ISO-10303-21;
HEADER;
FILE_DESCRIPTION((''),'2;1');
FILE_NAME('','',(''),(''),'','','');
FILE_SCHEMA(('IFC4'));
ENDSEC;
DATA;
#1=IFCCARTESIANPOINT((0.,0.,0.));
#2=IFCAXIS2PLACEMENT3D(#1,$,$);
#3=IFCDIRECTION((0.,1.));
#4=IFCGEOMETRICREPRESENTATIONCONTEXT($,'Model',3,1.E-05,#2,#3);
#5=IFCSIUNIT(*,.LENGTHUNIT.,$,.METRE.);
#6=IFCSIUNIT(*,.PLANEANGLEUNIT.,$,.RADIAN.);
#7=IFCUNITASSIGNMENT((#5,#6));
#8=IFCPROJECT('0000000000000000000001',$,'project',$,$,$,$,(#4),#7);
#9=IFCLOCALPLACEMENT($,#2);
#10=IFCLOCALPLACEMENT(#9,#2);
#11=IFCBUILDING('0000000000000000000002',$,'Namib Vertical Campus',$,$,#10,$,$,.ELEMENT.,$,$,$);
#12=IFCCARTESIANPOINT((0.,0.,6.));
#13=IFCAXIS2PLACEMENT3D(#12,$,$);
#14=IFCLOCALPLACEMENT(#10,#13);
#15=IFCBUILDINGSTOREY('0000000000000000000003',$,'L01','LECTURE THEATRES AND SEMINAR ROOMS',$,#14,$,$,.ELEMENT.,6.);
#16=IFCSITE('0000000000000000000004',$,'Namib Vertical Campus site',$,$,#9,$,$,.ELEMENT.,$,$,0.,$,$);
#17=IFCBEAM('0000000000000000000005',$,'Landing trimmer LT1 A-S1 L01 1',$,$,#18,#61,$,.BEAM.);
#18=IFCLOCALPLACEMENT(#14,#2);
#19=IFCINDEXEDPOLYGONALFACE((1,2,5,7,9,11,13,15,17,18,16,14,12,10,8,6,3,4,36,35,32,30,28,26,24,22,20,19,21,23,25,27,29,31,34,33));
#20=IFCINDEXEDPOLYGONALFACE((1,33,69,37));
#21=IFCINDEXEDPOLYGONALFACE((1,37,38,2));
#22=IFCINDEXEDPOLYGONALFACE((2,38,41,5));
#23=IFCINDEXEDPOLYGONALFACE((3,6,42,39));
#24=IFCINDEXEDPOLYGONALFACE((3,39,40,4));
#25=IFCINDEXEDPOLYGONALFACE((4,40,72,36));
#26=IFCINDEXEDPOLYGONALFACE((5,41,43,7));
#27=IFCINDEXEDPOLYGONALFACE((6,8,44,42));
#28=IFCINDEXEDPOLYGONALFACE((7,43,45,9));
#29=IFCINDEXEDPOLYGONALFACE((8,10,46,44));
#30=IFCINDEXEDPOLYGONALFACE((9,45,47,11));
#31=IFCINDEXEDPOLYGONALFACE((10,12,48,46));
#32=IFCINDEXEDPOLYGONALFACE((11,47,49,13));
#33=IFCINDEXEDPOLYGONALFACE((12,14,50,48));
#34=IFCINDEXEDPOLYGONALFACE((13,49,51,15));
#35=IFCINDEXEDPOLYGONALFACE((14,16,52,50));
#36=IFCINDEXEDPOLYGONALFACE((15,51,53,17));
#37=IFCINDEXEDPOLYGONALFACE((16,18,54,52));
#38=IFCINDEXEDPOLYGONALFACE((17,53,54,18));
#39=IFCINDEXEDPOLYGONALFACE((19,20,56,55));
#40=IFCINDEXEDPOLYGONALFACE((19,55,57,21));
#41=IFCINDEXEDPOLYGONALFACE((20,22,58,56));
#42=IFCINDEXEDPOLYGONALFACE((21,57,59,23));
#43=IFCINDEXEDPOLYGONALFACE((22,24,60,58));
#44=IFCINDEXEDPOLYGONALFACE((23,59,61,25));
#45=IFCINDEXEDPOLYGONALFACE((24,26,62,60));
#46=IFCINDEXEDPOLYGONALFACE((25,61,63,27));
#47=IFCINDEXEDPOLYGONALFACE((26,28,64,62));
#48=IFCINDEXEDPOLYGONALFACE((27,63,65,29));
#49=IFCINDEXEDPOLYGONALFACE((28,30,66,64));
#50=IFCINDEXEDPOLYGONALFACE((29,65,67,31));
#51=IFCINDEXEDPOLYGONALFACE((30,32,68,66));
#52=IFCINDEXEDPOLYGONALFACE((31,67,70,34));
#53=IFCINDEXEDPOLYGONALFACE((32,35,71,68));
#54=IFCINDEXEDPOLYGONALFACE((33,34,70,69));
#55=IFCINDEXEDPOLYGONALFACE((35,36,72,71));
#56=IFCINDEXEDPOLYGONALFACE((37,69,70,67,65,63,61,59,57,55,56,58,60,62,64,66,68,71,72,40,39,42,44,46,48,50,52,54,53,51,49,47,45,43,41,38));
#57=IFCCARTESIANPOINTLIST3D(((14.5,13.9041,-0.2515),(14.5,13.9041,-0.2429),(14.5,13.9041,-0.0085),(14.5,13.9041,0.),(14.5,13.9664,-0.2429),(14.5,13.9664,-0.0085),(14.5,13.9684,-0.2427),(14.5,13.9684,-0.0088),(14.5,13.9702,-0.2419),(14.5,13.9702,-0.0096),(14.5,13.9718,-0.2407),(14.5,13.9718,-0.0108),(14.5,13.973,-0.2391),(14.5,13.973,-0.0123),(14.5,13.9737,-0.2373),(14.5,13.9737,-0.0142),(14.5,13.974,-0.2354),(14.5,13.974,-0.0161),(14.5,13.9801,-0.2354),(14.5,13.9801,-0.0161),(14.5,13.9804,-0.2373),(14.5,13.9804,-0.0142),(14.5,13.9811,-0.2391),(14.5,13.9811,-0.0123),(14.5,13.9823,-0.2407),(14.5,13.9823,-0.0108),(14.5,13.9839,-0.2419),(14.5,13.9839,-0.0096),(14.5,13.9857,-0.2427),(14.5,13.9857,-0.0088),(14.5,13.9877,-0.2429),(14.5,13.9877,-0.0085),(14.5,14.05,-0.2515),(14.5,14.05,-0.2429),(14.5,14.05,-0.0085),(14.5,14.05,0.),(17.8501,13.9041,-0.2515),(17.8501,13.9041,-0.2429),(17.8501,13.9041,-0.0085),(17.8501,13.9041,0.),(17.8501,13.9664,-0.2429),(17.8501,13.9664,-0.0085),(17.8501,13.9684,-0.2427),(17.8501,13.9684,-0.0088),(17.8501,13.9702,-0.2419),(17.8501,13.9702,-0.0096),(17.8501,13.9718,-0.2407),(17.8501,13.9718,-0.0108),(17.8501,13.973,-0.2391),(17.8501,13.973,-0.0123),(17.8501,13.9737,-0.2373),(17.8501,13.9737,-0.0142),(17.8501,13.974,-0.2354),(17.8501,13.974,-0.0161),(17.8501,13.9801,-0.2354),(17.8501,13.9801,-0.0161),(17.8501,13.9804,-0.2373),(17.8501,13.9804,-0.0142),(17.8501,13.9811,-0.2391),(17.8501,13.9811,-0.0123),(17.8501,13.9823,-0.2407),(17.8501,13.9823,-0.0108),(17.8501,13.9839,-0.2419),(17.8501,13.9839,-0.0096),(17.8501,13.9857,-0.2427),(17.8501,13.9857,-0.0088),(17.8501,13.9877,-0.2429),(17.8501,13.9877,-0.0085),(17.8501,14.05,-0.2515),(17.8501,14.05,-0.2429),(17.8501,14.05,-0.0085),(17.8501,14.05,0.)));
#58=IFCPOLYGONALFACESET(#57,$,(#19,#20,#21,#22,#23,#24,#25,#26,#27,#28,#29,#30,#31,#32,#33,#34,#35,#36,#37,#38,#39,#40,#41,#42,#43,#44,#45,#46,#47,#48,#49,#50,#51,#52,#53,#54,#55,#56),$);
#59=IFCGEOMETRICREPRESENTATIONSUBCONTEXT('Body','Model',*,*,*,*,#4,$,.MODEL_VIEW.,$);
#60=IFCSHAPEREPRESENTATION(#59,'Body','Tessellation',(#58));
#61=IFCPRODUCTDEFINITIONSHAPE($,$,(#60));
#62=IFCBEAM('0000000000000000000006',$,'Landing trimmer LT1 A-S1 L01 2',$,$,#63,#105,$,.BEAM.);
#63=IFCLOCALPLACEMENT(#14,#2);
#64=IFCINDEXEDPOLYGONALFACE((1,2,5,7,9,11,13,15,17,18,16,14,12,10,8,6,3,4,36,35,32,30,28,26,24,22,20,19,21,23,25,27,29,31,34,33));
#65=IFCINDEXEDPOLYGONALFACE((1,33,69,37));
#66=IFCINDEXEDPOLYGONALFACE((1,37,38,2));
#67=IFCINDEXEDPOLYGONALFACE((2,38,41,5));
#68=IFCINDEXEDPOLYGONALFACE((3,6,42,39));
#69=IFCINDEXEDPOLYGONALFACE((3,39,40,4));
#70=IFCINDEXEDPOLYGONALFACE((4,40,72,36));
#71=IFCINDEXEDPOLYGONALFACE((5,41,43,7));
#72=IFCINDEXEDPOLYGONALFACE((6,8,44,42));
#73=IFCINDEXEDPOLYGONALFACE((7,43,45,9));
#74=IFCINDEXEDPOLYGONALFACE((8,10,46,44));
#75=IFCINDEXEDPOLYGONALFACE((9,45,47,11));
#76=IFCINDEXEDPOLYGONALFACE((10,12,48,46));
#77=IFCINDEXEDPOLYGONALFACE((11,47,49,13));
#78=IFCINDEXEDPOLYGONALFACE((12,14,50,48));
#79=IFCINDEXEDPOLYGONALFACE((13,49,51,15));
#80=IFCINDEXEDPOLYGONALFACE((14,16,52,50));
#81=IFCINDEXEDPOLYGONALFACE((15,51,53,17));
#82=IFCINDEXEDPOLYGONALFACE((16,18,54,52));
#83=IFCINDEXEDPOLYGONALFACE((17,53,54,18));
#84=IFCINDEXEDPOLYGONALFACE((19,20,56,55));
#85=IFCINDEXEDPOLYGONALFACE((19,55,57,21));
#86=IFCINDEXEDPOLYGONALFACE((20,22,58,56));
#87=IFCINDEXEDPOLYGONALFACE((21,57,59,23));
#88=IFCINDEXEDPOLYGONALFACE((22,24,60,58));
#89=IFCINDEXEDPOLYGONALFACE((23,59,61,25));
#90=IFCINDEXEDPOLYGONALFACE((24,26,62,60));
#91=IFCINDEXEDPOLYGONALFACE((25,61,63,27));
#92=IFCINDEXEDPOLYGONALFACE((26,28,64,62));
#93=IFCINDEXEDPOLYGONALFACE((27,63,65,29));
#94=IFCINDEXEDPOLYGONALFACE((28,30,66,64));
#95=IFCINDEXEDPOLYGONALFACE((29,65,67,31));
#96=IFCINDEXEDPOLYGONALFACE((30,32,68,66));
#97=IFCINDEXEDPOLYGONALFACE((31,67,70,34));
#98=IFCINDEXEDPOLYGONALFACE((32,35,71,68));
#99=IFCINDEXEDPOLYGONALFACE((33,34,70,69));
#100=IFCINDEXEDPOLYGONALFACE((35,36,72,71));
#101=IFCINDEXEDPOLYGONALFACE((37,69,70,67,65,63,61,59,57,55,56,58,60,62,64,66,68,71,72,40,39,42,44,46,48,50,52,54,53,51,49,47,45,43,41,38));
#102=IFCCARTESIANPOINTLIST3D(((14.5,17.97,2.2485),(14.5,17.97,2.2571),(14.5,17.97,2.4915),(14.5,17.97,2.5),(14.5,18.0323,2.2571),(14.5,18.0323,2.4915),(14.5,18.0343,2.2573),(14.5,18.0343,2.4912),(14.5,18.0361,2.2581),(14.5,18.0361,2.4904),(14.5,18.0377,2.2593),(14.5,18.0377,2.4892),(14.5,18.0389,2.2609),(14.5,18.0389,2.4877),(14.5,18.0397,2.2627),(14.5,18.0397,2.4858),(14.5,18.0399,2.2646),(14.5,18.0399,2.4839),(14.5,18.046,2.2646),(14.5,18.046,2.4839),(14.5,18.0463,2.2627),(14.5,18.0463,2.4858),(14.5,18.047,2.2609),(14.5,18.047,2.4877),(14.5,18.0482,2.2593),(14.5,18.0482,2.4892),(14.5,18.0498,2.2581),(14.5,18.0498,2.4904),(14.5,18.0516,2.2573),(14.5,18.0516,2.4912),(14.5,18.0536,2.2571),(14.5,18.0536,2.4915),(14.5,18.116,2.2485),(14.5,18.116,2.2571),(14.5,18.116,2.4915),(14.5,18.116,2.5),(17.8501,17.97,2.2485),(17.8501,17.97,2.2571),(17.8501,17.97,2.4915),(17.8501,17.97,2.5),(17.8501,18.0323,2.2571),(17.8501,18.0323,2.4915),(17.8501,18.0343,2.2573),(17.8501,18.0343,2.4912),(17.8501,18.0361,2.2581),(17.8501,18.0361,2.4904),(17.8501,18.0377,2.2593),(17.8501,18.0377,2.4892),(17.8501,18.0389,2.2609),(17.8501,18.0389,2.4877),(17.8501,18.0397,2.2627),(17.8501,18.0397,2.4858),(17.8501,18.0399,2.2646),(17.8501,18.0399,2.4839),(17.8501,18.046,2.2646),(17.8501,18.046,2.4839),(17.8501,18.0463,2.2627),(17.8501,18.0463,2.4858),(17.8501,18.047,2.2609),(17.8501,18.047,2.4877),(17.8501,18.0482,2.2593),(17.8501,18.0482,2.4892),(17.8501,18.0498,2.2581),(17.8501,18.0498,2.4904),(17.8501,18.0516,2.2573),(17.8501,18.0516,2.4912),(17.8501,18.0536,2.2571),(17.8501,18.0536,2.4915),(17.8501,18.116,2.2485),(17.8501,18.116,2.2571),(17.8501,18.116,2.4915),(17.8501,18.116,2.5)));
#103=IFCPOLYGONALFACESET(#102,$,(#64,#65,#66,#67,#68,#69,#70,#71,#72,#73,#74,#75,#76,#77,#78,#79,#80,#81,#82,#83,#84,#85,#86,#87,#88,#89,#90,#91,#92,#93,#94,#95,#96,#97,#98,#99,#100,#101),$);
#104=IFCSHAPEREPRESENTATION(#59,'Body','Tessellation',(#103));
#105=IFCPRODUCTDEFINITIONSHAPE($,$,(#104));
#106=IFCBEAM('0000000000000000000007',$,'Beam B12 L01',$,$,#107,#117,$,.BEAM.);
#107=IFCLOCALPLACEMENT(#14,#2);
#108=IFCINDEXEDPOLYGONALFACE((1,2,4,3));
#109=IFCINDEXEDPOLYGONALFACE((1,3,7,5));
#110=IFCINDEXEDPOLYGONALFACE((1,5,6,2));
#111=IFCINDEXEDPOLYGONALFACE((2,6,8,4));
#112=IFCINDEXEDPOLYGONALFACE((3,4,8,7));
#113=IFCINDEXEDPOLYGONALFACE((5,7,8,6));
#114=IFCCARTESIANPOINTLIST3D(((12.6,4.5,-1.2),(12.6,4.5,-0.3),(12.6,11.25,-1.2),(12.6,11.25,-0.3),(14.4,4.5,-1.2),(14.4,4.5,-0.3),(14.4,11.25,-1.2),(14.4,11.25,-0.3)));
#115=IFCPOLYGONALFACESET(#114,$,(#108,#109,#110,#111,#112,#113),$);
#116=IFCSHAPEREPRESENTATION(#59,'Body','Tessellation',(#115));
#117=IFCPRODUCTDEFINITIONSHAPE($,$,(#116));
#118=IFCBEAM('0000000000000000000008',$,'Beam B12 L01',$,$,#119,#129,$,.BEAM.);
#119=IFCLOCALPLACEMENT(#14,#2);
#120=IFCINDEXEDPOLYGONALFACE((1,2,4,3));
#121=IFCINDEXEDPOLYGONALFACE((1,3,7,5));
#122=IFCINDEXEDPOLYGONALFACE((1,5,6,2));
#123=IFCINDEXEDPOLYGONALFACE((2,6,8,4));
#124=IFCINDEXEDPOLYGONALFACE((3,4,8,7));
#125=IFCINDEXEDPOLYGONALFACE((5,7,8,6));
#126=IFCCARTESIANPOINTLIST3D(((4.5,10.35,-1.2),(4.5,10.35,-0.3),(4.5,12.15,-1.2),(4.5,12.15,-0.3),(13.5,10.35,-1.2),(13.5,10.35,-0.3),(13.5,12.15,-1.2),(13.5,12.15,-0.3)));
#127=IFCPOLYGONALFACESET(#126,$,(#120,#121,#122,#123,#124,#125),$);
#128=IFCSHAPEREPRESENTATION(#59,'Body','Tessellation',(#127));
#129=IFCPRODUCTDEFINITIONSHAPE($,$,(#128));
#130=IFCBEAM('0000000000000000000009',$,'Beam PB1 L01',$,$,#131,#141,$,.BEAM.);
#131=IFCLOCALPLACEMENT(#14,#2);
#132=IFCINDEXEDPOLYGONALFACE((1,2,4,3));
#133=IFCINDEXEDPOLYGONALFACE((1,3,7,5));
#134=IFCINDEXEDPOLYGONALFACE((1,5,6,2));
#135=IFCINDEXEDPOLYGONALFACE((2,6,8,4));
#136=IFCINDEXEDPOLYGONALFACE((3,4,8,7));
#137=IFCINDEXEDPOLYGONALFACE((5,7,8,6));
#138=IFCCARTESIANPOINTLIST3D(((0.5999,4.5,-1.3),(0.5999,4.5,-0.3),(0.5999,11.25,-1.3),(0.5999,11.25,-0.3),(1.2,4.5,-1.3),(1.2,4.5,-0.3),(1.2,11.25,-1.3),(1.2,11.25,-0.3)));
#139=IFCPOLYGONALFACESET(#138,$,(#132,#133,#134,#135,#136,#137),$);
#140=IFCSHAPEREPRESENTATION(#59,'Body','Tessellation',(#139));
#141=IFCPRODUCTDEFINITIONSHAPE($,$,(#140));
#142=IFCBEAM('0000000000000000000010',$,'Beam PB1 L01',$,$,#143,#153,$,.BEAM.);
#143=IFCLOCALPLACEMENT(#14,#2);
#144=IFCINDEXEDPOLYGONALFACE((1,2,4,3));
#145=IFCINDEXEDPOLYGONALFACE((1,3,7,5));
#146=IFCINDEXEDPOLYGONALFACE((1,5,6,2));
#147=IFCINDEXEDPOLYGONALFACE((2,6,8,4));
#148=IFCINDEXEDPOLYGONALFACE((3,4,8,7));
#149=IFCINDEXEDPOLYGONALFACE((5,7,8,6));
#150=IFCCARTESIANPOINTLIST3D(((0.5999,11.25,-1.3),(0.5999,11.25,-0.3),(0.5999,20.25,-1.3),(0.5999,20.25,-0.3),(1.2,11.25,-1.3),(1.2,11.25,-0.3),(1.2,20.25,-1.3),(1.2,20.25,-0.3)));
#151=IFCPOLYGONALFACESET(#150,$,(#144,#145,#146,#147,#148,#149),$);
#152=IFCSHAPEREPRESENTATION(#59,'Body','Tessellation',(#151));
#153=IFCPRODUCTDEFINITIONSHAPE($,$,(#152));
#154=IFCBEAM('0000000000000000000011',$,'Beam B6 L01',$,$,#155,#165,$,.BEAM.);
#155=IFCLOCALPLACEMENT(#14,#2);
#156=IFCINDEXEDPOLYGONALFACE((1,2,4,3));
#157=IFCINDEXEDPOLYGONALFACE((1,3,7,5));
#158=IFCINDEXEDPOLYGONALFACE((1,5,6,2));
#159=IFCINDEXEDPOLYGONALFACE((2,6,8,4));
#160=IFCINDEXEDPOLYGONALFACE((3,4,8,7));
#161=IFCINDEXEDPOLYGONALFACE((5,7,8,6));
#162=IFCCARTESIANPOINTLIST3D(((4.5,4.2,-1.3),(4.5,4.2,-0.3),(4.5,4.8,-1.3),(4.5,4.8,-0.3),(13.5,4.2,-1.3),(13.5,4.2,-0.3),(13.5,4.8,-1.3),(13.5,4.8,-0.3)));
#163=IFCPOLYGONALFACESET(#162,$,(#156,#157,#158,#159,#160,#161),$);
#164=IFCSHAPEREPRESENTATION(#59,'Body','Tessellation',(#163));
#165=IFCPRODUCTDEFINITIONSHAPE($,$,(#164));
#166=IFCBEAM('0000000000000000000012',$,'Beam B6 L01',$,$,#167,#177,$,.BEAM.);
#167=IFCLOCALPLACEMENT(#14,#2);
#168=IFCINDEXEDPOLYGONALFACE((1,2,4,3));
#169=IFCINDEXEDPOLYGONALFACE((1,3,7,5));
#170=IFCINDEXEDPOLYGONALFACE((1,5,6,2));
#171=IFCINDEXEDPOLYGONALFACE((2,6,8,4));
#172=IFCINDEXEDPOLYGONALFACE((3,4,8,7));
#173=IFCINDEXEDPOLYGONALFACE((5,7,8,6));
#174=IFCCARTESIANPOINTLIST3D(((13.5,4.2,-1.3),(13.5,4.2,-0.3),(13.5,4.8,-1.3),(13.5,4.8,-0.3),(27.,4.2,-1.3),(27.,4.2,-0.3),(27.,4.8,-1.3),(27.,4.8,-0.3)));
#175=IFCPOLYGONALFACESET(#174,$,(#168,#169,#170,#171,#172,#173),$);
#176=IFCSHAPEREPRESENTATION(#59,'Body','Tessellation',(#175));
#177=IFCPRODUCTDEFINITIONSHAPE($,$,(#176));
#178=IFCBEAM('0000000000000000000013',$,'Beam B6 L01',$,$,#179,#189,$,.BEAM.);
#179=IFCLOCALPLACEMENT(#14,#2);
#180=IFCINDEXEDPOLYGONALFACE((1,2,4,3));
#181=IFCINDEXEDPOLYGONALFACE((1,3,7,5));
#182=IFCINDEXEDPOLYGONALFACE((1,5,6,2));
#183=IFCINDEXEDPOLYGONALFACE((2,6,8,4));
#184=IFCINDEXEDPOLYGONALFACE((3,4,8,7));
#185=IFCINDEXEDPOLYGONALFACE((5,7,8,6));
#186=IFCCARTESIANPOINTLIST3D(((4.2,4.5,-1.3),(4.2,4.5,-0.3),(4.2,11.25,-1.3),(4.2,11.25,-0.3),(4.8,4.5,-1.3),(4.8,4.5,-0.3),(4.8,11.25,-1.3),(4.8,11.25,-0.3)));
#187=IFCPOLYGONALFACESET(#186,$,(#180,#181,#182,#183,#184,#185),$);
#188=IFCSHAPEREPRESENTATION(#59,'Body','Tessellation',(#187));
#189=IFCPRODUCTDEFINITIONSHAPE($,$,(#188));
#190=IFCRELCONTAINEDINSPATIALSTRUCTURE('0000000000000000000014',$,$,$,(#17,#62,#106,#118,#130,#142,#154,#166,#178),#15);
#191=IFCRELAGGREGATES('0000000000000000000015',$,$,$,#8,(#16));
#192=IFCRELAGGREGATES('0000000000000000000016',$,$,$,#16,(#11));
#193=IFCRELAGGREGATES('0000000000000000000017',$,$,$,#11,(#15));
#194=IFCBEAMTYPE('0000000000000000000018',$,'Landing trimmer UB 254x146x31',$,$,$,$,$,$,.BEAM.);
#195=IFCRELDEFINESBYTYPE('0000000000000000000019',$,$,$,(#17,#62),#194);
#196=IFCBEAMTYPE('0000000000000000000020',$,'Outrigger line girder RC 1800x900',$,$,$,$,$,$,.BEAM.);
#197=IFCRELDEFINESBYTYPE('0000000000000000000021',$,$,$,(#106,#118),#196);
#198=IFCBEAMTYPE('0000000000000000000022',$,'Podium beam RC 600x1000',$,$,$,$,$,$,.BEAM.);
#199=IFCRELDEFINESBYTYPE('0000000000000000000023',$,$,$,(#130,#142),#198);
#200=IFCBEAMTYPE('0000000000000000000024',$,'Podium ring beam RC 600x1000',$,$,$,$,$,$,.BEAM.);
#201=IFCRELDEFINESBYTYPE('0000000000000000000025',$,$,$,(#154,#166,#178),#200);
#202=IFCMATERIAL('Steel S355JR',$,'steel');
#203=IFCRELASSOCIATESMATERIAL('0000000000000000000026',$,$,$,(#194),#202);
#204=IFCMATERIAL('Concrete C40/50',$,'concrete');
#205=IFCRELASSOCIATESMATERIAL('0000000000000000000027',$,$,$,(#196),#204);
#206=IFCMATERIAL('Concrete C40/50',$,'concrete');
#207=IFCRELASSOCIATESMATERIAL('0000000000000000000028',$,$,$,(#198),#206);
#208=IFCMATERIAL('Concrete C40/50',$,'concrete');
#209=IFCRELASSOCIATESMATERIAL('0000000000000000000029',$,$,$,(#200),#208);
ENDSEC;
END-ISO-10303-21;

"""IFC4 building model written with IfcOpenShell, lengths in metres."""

from ifc_helpers import new_model, si_unit, direction, frame, origin, origin_2d, place, context, subcontext, project, spatial, rectangle, i_section, extrude, material, material_profile, profile_set, type_object, element, save


model = new_model("IFC4")

# Units and contexts
model_context = context("Model", 3, precision=1e-05, world=origin(), true_north=direction((0.0, 1.0)))
body_context = subcontext(model_context, "Body", "Model", "MODEL_VIEW")
ifc_project = project(units=[si_unit("LENGTHUNIT", "METRE"), si_unit("PLANEANGLEUNIT", "RADIAN")], contexts=[model_context])

# Site, building, storey
site_placement = place(None, origin())
site = spatial("IfcSite", under=ifc_project, at=site_placement, Name="Namib Vertical Campus site", CompositionType="ELEMENT", RefElevation=0.0)
building_placement = place(site_placement, origin())
building = spatial("IfcBuilding", under=site, at=building_placement, Name="Namib Vertical Campus", CompositionType="ELEMENT")
storey_placement = place(building_placement, frame((0.0, 0.0, 6.0)))
storey = spatial("IfcBuildingStorey", under=building, at=storey_placement, Name="L01", Description="LECTURE THEATRES AND SEMINAR ROOMS", CompositionType="ELEMENT", Elevation=6.0)

# Beams
ifc_material_1 = material(Name="Steel S355JR", Category="steel")
ifc_material_profile_1 = material_profile(ifc_material_1, i_section(OverallWidth=0.146, OverallDepth=0.2515, WebThickness=0.0061, FlangeThickness=0.0085, FilletRadius=0.0076, at=origin_2d()))
ifc_profile_set_1 = profile_set([ifc_material_profile_1], Name="Steel S355JR")
beam_type_1 = type_object("IfcBeamType", Name="Landing trimmer UB 254x146x31", PredefinedType="BEAM", material=ifc_profile_set_1)
for number, where, z_axis, x_axis, name in (
    (1, (14.5, 13.9771, -0.1257), (1.0, 0.0, 0.0), (0.0, 1.0, 0.0), "Landing trimmer LT1 A-S1 L01 1"),
    (2, (14.5, 18.043, 2.3743), (1.0, 0.0, 0.0), (0.0, 1.0, 0.0), "Landing trimmer LT1 A-S1 L01 2"),
):
    element("IfcBeam", number, at=place(storey_placement, frame(where, z_axis=z_axis, x_axis=x_axis)), inside=storey, type_object=beam_type_1, Name=name, PredefinedType="BEAM", context=body_context, shape_type="SweptSolid", body=[
        extrude(i_section(OverallWidth=0.146, OverallDepth=0.2515, WebThickness=0.0061, FlangeThickness=0.0085, FilletRadius=0.0076, at=origin_2d()), origin(), (0.0, 0.0, 1.0), 3.3501),
    ])
ifc_material_2 = material(Name="Concrete C40/50", Category="concrete")
ifc_material_profile_2 = material_profile(ifc_material_2, rectangle(XDim=1.8, YDim=0.8999, at=origin_2d()))
ifc_profile_set_2 = profile_set([ifc_material_profile_2], Name="Concrete C40/50")
beam_type_2 = type_object("IfcBeamType", Name="Outrigger line girder RC 1800x900", PredefinedType="BEAM", material=ifc_profile_set_2)
beam_1_placement = place(storey_placement, frame((13.5, 4.5, -0.75), z_axis=(0.0, 1.0, 0.0), x_axis=(-1.0, 0.0, 0.0)))
element("IfcBeam", 3, at=beam_1_placement, inside=storey, type_object=beam_type_2, Name="Beam B12 L01", PredefinedType="BEAM", context=body_context, shape_type="SweptSolid", body=[
    extrude(rectangle(XDim=1.8, YDim=0.8999, at=origin_2d()), origin(), (0.0, 0.0, 1.0), 6.75),
])
beam_2_placement = place(storey_placement, frame((4.5, 11.25, -0.75), z_axis=(1.0, 0.0, 0.0), x_axis=(0.0, 1.0, 0.0)))
element("IfcBeam", 4, at=beam_2_placement, inside=storey, type_object=beam_type_2, Name="Beam B12 L01", PredefinedType="BEAM", context=body_context, shape_type="SweptSolid", body=[
    extrude(rectangle(XDim=1.8, YDim=0.8999, at=origin_2d()), origin(), (0.0, 0.0, 1.0), 9.0),
])
ifc_material_3 = material(Name="Concrete C40/50", Category="concrete")
ifc_material_profile_3 = material_profile(ifc_material_3, rectangle(XDim=0.6001, YDim=1.0, at=origin_2d()))
ifc_profile_set_3 = profile_set([ifc_material_profile_3], Name="Concrete C40/50")
beam_type_3 = type_object("IfcBeamType", Name="Podium beam RC 600x1000", PredefinedType="BEAM", material=ifc_profile_set_3)
beam_3_placement = place(storey_placement, frame((0.8999, 4.5, -0.8), z_axis=(0.0, 1.0, 0.0), x_axis=(-1.0, 0.0, 0.0)))
element("IfcBeam", 5, at=beam_3_placement, inside=storey, type_object=beam_type_3, Name="Beam PB1 L01", PredefinedType="BEAM", context=body_context, shape_type="SweptSolid", body=[
    extrude(rectangle(XDim=0.6001, YDim=1.0, at=origin_2d()), origin(), (0.0, 0.0, 1.0), 6.75),
])
beam_4_placement = place(storey_placement, frame((0.8999, 11.25, -0.8), z_axis=(0.0, 1.0, 0.0), x_axis=(-1.0, 0.0, 0.0)))
element("IfcBeam", 6, at=beam_4_placement, inside=storey, type_object=beam_type_3, Name="Beam PB1 L01", PredefinedType="BEAM", context=body_context, shape_type="SweptSolid", body=[
    extrude(rectangle(XDim=0.6001, YDim=1.0, at=origin_2d()), origin(), (0.0, 0.0, 1.0), 9.0),
])
ifc_material_4 = material(Name="Concrete C40/50", Category="concrete")
ifc_material_profile_4 = material_profile(ifc_material_4, rectangle(XDim=0.6001, YDim=1.0, at=origin_2d()))
ifc_profile_set_4 = profile_set([ifc_material_profile_4], Name="Concrete C40/50")
beam_type_4 = type_object("IfcBeamType", Name="Podium ring beam RC 600x1000", PredefinedType="BEAM", material=ifc_profile_set_4)
beam_5_placement = place(storey_placement, frame((4.5, 4.5, -0.8), z_axis=(1.0, 0.0, 0.0), x_axis=(0.0, 1.0, 0.0)))
element("IfcBeam", 7, at=beam_5_placement, inside=storey, type_object=beam_type_4, Name="Beam B6 L01", PredefinedType="BEAM", context=body_context, shape_type="SweptSolid", body=[
    extrude(rectangle(XDim=0.6001, YDim=1.0, at=origin_2d()), origin(), (0.0, 0.0, 1.0), 9.0),
])
beam_6_placement = place(storey_placement, frame((13.5, 4.5, -0.8), z_axis=(1.0, 0.0, 0.0), x_axis=(0.0, 1.0, 0.0)))
element("IfcBeam", 8, at=beam_6_placement, inside=storey, type_object=beam_type_4, Name="Beam B6 L01", PredefinedType="BEAM", context=body_context, shape_type="SweptSolid", body=[
    extrude(rectangle(XDim=0.6001, YDim=1.0, at=origin_2d()), origin(), (0.0, 0.0, 1.0), 13.5),
])
beam_7_placement = place(storey_placement, frame((4.5, 4.5, -0.8), z_axis=(0.0, 1.0, 0.0), x_axis=(-1.0, 0.0, 0.0)))
element("IfcBeam", 9, at=beam_7_placement, inside=storey, type_object=beam_type_4, Name="Beam B6 L01", PredefinedType="BEAM", context=body_context, shape_type="SweptSolid", body=[
    extrude(rectangle(XDim=0.6001, YDim=1.0, at=origin_2d()), origin(), (0.0, 0.0, 1.0), 6.75),
])

save(model, "model.ifc")
